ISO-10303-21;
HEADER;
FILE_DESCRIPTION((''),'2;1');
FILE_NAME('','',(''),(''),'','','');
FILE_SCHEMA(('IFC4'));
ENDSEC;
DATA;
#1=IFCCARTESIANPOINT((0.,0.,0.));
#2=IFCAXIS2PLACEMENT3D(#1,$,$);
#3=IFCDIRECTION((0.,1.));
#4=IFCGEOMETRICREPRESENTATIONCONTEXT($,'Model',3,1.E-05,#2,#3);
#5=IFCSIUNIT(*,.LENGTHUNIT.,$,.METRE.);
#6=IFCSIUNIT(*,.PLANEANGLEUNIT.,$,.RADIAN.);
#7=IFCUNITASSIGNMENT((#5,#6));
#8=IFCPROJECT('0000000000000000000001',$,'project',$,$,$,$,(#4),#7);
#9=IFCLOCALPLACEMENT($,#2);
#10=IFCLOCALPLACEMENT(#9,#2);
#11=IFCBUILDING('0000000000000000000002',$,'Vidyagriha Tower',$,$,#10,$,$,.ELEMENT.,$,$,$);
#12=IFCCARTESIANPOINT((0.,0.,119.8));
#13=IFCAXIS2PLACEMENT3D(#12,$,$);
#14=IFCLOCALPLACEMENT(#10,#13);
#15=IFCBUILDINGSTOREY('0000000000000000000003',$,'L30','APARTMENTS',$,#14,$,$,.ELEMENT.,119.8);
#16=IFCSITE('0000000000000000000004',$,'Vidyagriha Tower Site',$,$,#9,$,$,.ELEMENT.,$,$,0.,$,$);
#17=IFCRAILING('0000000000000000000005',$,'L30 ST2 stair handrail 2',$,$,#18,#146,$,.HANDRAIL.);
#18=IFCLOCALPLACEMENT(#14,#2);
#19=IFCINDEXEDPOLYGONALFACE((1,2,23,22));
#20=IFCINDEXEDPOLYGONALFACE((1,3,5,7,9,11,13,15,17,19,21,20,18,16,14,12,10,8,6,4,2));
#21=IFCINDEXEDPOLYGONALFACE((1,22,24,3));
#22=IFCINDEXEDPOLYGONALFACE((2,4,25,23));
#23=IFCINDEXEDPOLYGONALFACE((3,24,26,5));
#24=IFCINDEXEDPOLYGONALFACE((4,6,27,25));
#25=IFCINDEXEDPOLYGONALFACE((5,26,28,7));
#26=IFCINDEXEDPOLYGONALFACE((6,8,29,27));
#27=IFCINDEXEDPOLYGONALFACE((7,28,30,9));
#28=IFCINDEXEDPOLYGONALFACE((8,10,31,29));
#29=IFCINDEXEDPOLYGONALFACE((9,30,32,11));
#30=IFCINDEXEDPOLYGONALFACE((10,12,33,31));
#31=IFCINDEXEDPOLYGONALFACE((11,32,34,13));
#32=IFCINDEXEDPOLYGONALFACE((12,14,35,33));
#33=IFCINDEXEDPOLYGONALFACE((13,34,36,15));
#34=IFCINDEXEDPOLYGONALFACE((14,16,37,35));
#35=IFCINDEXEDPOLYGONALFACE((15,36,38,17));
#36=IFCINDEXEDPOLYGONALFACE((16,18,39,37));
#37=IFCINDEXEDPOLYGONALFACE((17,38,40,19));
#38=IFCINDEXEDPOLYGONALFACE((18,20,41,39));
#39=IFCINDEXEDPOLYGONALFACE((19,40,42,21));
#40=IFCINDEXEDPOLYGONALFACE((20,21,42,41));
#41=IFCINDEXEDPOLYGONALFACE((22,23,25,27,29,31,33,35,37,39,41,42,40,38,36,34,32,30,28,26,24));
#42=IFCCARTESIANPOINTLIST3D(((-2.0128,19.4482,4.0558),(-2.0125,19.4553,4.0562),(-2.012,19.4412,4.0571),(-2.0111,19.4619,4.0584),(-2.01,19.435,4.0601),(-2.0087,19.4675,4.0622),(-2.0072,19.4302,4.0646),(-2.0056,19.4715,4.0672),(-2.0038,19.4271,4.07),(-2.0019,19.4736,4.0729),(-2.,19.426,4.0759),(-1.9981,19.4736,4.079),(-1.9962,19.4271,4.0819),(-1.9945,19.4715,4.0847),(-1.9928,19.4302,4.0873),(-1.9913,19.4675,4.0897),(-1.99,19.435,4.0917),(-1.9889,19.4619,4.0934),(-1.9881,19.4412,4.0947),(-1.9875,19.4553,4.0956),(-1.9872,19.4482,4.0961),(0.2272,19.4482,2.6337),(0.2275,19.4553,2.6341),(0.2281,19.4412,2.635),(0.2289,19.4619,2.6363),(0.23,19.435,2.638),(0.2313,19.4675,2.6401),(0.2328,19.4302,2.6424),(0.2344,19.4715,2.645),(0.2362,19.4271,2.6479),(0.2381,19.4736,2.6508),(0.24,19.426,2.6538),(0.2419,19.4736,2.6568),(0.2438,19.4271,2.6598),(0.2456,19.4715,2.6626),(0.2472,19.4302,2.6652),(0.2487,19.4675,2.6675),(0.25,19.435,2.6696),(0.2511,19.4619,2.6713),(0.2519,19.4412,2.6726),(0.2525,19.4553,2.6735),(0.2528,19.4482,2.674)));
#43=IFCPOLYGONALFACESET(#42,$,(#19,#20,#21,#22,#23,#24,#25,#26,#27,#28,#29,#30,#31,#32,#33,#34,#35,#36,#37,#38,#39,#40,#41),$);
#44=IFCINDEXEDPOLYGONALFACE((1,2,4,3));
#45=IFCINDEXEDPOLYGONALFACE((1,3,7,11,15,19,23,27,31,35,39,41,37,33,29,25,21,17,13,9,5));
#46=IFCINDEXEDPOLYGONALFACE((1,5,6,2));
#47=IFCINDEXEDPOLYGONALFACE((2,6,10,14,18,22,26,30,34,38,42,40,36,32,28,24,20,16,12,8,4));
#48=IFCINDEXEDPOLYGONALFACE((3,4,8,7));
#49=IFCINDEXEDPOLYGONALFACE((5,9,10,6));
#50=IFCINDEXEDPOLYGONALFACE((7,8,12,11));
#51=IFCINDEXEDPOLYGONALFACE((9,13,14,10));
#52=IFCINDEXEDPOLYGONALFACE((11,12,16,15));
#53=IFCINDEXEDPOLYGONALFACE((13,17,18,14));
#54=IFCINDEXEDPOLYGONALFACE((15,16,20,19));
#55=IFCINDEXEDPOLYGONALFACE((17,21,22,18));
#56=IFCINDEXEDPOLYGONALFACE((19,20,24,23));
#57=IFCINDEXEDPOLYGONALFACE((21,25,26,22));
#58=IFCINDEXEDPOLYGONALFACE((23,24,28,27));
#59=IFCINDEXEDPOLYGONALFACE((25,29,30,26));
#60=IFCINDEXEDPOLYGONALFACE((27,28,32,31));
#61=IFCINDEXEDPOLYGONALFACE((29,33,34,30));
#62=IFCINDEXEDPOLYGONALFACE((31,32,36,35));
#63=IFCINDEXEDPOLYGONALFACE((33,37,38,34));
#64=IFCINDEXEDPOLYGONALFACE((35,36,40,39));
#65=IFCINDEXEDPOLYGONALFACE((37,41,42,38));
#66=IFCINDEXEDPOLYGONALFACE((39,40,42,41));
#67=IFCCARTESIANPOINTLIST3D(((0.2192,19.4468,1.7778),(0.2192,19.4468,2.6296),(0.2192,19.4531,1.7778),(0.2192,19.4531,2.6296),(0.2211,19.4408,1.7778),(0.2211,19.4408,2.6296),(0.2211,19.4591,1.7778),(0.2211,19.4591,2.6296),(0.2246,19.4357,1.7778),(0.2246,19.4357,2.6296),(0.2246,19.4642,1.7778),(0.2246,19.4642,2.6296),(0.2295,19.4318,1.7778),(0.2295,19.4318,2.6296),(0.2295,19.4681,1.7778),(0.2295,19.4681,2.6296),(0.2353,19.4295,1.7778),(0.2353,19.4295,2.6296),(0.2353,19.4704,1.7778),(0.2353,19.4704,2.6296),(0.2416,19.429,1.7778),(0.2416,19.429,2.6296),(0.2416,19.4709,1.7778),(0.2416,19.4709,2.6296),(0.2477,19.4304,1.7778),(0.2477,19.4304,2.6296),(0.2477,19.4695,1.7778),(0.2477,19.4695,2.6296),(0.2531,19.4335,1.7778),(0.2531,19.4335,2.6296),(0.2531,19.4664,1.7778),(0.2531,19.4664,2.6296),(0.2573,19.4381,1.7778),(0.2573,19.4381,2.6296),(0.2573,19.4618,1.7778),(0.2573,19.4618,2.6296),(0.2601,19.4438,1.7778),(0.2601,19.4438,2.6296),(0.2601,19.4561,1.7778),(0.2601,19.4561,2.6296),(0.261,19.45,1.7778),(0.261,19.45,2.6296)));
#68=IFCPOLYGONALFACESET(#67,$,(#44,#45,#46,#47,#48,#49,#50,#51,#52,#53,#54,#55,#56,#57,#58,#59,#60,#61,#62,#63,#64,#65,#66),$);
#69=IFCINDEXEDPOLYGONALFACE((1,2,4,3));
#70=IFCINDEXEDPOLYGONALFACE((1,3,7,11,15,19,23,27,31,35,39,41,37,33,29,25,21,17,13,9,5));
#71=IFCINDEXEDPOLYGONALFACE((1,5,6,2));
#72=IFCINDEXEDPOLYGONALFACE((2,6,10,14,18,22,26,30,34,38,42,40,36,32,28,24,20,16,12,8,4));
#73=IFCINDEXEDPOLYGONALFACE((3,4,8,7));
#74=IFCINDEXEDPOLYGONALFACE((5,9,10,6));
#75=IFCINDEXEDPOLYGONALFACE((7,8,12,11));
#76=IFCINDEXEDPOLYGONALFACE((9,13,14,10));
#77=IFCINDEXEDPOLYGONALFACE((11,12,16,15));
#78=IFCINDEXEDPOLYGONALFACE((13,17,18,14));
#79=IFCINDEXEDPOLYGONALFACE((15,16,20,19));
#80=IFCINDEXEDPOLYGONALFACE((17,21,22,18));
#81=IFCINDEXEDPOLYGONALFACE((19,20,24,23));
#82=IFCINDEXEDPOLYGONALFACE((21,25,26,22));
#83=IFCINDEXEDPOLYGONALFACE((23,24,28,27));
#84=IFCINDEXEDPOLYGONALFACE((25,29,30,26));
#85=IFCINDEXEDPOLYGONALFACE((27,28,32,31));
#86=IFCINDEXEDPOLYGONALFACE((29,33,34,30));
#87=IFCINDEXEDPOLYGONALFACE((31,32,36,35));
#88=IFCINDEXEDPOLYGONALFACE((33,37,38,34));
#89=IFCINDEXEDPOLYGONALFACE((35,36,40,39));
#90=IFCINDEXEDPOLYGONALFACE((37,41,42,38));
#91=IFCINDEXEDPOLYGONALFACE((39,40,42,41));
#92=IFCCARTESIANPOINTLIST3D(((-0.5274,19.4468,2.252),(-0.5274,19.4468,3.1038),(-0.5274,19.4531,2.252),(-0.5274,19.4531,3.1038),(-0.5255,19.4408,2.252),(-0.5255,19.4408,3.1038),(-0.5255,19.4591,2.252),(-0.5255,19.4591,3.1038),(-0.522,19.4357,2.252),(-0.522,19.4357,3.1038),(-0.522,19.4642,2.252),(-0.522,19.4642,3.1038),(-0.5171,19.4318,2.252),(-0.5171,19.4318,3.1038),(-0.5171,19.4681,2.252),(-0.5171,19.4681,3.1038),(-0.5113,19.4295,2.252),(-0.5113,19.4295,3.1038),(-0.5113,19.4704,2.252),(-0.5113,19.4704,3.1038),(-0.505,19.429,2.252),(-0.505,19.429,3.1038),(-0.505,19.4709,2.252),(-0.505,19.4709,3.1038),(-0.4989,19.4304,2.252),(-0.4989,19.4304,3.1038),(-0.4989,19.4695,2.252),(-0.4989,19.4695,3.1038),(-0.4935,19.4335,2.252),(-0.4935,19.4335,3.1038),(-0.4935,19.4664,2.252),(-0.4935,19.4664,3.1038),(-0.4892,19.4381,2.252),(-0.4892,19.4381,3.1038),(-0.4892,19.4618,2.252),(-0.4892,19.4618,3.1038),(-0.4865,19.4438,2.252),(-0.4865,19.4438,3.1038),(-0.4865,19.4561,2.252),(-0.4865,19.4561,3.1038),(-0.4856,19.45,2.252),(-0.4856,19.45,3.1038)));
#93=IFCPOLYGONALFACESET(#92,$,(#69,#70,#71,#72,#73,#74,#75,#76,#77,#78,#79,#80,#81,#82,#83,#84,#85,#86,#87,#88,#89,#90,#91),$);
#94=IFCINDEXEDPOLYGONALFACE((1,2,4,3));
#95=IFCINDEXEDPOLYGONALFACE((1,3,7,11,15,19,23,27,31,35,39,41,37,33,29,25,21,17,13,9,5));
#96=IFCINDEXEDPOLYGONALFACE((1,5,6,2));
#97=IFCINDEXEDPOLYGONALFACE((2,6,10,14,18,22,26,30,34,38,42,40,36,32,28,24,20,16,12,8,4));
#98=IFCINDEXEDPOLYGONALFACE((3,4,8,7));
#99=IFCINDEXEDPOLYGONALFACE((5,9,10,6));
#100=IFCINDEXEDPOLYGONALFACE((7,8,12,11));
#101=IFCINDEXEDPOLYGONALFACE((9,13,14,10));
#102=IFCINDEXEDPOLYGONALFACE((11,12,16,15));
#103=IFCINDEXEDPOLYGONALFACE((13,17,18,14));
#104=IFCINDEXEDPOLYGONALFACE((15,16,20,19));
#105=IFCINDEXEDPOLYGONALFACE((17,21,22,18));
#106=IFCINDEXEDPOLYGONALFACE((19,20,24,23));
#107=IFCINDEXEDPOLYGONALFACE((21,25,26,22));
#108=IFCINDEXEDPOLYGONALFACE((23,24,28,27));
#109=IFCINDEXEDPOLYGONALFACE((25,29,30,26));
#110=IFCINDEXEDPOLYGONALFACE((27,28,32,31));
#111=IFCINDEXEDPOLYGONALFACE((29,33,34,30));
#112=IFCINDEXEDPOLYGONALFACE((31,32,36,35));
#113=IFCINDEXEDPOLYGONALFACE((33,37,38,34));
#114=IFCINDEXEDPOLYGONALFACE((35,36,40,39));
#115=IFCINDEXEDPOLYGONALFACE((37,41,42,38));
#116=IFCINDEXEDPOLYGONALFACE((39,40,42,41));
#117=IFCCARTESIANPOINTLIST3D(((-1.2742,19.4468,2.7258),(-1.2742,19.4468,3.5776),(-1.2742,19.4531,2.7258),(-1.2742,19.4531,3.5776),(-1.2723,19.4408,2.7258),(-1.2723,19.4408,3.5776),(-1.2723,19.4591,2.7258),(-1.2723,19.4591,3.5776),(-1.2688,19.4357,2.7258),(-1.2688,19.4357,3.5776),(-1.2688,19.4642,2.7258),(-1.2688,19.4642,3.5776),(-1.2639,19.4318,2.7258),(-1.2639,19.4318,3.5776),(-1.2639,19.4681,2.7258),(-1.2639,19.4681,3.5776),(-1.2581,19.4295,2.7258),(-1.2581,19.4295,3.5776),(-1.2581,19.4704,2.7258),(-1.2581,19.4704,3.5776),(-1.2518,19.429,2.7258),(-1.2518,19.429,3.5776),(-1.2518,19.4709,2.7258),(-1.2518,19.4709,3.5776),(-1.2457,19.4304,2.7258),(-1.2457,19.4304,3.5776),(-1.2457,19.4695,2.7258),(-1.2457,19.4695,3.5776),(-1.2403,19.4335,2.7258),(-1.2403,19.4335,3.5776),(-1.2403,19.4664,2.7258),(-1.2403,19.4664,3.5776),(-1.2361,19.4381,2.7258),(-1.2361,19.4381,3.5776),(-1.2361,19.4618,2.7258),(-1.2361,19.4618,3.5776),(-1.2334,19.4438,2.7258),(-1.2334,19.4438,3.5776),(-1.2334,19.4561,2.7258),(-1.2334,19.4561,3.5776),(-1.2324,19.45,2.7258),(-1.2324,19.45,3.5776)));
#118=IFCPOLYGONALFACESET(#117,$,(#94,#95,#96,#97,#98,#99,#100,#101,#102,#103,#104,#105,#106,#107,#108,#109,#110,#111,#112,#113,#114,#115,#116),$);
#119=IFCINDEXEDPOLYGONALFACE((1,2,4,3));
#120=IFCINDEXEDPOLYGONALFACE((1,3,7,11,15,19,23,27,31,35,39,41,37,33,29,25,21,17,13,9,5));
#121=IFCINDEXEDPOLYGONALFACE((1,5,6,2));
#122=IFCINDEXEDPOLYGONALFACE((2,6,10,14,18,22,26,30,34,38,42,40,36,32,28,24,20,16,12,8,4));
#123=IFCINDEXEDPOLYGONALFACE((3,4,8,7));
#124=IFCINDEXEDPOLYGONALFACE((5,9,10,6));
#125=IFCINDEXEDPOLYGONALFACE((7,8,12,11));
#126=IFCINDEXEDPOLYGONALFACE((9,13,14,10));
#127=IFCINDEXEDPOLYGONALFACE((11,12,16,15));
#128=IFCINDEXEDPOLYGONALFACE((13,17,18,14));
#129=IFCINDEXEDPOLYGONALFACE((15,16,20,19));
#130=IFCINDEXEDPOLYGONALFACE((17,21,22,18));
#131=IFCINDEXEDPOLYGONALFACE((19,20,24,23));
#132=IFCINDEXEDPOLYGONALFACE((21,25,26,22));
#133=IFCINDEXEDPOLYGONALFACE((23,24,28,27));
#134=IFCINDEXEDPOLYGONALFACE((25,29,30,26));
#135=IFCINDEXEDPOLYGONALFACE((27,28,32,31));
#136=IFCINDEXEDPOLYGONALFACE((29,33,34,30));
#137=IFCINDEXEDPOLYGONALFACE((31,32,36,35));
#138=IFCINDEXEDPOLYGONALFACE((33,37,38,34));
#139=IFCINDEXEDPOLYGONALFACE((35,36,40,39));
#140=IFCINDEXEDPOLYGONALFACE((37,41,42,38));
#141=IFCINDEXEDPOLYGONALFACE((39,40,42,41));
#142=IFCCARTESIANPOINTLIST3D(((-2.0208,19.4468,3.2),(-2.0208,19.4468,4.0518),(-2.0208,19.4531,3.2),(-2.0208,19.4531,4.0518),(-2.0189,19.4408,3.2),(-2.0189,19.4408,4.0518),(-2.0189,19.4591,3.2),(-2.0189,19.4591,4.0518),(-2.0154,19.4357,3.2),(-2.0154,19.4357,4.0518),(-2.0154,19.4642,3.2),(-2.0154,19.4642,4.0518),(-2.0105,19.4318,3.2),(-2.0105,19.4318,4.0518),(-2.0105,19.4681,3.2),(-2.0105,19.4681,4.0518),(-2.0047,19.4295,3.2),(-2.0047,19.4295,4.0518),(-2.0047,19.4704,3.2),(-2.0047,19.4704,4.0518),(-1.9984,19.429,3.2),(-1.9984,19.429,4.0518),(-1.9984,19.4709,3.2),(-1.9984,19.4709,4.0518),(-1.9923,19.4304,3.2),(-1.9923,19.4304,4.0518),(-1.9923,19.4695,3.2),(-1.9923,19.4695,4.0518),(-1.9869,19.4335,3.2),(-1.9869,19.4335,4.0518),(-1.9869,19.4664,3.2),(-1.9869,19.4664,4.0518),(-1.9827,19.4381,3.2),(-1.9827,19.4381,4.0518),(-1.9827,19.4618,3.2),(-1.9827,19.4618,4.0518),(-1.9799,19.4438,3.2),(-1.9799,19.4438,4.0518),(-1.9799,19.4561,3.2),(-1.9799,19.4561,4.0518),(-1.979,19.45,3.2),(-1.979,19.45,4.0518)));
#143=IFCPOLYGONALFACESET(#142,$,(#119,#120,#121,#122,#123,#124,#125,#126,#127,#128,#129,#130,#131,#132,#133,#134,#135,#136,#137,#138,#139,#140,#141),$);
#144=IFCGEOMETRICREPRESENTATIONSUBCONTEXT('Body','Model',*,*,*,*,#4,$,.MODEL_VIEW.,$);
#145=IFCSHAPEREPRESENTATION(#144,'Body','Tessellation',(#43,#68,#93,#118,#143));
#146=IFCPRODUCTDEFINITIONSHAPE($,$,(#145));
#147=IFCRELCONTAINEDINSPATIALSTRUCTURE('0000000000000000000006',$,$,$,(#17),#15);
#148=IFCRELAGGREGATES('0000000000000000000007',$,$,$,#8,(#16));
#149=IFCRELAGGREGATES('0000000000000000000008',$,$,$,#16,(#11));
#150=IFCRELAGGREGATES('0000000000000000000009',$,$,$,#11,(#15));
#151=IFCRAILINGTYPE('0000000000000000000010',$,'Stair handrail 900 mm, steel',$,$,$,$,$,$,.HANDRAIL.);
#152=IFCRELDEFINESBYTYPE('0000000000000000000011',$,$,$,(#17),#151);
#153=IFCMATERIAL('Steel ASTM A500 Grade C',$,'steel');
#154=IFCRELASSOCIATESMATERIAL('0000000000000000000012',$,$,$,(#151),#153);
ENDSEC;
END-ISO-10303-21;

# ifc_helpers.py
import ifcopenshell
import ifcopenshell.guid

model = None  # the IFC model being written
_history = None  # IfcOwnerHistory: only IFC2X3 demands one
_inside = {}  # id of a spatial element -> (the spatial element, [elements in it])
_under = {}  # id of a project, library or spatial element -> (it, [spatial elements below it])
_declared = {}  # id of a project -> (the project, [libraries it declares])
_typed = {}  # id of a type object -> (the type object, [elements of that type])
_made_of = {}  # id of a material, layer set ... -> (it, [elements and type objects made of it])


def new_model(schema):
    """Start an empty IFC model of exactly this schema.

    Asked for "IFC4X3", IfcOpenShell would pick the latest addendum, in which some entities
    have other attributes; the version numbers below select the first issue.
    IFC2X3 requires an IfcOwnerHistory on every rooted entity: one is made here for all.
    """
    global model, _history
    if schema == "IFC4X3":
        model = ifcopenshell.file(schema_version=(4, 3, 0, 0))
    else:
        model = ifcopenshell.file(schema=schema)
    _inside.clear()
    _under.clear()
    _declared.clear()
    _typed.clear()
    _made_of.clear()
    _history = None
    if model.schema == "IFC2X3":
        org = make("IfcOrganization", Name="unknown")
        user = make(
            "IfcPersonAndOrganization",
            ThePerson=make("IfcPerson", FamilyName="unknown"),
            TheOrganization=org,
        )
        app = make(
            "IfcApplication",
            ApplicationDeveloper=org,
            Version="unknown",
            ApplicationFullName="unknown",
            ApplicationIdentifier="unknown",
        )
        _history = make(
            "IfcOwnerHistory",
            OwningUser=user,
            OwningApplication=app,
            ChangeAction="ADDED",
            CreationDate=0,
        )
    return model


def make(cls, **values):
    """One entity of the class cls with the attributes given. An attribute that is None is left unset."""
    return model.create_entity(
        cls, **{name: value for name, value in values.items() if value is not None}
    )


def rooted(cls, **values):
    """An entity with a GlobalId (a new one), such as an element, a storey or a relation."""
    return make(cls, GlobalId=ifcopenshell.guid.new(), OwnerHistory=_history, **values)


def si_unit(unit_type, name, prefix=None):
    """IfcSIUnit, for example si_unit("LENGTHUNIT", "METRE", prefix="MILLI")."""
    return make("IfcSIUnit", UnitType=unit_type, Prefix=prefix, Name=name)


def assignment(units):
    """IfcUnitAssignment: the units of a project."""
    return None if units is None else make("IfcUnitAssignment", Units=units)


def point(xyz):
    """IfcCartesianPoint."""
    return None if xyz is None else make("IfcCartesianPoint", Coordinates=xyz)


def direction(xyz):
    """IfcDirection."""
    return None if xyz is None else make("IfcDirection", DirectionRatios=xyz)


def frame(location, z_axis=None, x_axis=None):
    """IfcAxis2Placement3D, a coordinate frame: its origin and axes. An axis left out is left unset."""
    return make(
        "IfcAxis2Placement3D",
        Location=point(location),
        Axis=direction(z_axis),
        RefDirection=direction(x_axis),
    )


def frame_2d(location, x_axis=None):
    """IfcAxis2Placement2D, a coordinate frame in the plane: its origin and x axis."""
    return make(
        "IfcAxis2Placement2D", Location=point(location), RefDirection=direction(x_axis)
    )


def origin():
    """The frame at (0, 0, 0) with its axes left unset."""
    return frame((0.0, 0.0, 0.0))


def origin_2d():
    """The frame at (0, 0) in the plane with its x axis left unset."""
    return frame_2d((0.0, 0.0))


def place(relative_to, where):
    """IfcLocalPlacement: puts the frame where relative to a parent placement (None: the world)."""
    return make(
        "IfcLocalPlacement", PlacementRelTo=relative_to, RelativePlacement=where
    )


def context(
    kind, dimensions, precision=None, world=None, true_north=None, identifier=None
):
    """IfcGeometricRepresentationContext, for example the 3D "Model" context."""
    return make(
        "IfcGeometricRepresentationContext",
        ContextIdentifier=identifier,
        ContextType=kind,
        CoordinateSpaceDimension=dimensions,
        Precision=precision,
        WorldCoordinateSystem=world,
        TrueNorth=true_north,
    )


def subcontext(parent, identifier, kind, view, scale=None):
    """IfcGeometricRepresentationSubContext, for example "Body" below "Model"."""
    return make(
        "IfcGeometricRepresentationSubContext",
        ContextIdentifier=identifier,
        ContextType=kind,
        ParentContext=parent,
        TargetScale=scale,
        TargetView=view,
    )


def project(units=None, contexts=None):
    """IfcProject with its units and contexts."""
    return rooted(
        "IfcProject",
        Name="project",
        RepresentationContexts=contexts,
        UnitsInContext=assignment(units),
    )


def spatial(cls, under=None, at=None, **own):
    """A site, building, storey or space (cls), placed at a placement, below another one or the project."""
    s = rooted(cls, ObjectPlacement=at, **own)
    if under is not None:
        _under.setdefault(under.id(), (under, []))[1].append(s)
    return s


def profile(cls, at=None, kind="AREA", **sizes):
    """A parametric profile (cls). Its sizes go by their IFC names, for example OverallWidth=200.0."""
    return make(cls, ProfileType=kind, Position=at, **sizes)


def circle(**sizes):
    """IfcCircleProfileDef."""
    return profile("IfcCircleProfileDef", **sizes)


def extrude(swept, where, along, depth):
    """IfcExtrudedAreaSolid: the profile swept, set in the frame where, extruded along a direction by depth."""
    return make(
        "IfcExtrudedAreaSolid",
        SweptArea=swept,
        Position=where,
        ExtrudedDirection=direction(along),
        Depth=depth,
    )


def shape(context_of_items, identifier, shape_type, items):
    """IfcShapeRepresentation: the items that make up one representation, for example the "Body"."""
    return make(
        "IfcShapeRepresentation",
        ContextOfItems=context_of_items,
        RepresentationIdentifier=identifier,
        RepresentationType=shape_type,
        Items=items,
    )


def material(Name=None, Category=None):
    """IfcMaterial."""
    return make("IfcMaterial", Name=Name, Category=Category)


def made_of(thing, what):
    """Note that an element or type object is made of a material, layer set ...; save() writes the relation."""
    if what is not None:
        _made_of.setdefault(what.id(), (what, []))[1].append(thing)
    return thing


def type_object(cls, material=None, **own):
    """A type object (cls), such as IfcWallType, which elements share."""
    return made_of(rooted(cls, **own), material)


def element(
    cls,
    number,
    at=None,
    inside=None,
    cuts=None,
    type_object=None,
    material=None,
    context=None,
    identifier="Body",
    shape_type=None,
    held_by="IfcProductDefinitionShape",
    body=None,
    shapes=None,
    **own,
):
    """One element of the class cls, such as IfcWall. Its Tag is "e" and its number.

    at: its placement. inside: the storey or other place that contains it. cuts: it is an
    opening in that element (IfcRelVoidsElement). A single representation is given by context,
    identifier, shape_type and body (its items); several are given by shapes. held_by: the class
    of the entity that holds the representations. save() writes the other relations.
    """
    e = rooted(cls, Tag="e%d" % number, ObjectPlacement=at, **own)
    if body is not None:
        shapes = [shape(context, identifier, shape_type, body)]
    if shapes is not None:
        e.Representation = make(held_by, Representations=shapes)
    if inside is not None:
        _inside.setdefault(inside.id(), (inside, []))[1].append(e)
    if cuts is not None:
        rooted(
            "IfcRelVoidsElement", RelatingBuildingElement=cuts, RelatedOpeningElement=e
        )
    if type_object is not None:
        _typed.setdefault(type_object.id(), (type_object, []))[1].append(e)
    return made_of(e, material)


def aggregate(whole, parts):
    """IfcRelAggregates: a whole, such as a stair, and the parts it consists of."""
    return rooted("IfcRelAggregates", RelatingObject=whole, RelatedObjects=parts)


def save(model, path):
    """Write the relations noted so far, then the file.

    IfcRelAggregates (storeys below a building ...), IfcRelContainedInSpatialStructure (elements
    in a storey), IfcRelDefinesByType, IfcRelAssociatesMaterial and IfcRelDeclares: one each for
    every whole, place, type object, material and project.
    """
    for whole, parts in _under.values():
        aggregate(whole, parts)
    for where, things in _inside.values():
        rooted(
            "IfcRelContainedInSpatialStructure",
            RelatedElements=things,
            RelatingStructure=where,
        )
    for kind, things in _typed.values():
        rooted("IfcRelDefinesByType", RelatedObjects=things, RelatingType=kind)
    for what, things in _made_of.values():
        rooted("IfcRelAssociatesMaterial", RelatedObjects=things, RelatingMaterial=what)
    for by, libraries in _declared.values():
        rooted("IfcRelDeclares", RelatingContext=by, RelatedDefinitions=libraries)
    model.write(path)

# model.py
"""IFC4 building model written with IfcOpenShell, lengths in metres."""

from ifc_helpers import new_model, si_unit, direction, frame, origin, origin_2d, place, context, subcontext, project, spatial, circle, extrude, material, type_object, element, save


model = new_model("IFC4")

# Units and contexts
model_context = context("Model", 3, precision=1e-05, world=origin(), true_north=direction((0.0, 1.0)))
body_context = subcontext(model_context, "Body", "Model", "MODEL_VIEW")
ifc_project = project(units=[si_unit("LENGTHUNIT", "METRE"), si_unit("PLANEANGLEUNIT", "RADIAN")], contexts=[model_context])

# Site, building, storey
site_placement = place(None, origin())
site = spatial("IfcSite", under=ifc_project, at=site_placement, Name="Vidyagriha Tower Site", CompositionType="ELEMENT", RefElevation=0.0)
building_placement = place(site_placement, origin())
building = spatial("IfcBuilding", under=site, at=building_placement, Name="Vidyagriha Tower", CompositionType="ELEMENT")
storey_placement = place(building_placement, frame((0.0, 0.0, 119.8)))
storey = spatial("IfcBuildingStorey", under=building, at=storey_placement, Name="L30", Description="APARTMENTS", CompositionType="ELEMENT", Elevation=119.8)

# Railing
ifc_material_1 = material(Name="Steel ASTM A500 Grade C", Category="steel")
railing_type_1 = type_object("IfcRailingType", Name="Stair handrail 900 mm, steel", PredefinedType="HANDRAIL", material=ifc_material_1)
railing_1_placement = place(storey_placement, frame((0.24, 19.45, 1.7778)))
element("IfcRailing", 1, at=railing_1_placement, inside=storey, type_object=railing_type_1, Name="L30 ST2 stair handrail 2", PredefinedType="HANDRAIL", context=body_context, shape_type="SweptSolid", body=[
    extrude(circle(Radius=0.0239, at=origin_2d()), frame((0.0, 0.0, 0.876), z_axis=(-0.844229, 0.0, 0.535982), x_axis=(0.0, -1.0, 0.0)), (0.0, 0.0, 1.0), 2.6533),
    extrude(circle(Radius=0.021, at=origin_2d()), origin(), (0.0, 0.0, 1.0), 0.8518),
    extrude(circle(Radius=0.021, at=origin_2d()), frame((-0.7466, 0.0, 0.4741)), (0.0, 0.0, 1.0), 0.8518),
    extrude(circle(Radius=0.021, at=origin_2d()), frame((-1.4934, 0.0, 0.948)), (0.0, 0.0, 1.0), 0.8518),
    extrude(circle(Radius=0.021, at=origin_2d()), frame((-2.24, 0.0, 1.4221)), (0.0, 0.0, 1.0), 0.8518),
])

save(model, "model.ifc")
